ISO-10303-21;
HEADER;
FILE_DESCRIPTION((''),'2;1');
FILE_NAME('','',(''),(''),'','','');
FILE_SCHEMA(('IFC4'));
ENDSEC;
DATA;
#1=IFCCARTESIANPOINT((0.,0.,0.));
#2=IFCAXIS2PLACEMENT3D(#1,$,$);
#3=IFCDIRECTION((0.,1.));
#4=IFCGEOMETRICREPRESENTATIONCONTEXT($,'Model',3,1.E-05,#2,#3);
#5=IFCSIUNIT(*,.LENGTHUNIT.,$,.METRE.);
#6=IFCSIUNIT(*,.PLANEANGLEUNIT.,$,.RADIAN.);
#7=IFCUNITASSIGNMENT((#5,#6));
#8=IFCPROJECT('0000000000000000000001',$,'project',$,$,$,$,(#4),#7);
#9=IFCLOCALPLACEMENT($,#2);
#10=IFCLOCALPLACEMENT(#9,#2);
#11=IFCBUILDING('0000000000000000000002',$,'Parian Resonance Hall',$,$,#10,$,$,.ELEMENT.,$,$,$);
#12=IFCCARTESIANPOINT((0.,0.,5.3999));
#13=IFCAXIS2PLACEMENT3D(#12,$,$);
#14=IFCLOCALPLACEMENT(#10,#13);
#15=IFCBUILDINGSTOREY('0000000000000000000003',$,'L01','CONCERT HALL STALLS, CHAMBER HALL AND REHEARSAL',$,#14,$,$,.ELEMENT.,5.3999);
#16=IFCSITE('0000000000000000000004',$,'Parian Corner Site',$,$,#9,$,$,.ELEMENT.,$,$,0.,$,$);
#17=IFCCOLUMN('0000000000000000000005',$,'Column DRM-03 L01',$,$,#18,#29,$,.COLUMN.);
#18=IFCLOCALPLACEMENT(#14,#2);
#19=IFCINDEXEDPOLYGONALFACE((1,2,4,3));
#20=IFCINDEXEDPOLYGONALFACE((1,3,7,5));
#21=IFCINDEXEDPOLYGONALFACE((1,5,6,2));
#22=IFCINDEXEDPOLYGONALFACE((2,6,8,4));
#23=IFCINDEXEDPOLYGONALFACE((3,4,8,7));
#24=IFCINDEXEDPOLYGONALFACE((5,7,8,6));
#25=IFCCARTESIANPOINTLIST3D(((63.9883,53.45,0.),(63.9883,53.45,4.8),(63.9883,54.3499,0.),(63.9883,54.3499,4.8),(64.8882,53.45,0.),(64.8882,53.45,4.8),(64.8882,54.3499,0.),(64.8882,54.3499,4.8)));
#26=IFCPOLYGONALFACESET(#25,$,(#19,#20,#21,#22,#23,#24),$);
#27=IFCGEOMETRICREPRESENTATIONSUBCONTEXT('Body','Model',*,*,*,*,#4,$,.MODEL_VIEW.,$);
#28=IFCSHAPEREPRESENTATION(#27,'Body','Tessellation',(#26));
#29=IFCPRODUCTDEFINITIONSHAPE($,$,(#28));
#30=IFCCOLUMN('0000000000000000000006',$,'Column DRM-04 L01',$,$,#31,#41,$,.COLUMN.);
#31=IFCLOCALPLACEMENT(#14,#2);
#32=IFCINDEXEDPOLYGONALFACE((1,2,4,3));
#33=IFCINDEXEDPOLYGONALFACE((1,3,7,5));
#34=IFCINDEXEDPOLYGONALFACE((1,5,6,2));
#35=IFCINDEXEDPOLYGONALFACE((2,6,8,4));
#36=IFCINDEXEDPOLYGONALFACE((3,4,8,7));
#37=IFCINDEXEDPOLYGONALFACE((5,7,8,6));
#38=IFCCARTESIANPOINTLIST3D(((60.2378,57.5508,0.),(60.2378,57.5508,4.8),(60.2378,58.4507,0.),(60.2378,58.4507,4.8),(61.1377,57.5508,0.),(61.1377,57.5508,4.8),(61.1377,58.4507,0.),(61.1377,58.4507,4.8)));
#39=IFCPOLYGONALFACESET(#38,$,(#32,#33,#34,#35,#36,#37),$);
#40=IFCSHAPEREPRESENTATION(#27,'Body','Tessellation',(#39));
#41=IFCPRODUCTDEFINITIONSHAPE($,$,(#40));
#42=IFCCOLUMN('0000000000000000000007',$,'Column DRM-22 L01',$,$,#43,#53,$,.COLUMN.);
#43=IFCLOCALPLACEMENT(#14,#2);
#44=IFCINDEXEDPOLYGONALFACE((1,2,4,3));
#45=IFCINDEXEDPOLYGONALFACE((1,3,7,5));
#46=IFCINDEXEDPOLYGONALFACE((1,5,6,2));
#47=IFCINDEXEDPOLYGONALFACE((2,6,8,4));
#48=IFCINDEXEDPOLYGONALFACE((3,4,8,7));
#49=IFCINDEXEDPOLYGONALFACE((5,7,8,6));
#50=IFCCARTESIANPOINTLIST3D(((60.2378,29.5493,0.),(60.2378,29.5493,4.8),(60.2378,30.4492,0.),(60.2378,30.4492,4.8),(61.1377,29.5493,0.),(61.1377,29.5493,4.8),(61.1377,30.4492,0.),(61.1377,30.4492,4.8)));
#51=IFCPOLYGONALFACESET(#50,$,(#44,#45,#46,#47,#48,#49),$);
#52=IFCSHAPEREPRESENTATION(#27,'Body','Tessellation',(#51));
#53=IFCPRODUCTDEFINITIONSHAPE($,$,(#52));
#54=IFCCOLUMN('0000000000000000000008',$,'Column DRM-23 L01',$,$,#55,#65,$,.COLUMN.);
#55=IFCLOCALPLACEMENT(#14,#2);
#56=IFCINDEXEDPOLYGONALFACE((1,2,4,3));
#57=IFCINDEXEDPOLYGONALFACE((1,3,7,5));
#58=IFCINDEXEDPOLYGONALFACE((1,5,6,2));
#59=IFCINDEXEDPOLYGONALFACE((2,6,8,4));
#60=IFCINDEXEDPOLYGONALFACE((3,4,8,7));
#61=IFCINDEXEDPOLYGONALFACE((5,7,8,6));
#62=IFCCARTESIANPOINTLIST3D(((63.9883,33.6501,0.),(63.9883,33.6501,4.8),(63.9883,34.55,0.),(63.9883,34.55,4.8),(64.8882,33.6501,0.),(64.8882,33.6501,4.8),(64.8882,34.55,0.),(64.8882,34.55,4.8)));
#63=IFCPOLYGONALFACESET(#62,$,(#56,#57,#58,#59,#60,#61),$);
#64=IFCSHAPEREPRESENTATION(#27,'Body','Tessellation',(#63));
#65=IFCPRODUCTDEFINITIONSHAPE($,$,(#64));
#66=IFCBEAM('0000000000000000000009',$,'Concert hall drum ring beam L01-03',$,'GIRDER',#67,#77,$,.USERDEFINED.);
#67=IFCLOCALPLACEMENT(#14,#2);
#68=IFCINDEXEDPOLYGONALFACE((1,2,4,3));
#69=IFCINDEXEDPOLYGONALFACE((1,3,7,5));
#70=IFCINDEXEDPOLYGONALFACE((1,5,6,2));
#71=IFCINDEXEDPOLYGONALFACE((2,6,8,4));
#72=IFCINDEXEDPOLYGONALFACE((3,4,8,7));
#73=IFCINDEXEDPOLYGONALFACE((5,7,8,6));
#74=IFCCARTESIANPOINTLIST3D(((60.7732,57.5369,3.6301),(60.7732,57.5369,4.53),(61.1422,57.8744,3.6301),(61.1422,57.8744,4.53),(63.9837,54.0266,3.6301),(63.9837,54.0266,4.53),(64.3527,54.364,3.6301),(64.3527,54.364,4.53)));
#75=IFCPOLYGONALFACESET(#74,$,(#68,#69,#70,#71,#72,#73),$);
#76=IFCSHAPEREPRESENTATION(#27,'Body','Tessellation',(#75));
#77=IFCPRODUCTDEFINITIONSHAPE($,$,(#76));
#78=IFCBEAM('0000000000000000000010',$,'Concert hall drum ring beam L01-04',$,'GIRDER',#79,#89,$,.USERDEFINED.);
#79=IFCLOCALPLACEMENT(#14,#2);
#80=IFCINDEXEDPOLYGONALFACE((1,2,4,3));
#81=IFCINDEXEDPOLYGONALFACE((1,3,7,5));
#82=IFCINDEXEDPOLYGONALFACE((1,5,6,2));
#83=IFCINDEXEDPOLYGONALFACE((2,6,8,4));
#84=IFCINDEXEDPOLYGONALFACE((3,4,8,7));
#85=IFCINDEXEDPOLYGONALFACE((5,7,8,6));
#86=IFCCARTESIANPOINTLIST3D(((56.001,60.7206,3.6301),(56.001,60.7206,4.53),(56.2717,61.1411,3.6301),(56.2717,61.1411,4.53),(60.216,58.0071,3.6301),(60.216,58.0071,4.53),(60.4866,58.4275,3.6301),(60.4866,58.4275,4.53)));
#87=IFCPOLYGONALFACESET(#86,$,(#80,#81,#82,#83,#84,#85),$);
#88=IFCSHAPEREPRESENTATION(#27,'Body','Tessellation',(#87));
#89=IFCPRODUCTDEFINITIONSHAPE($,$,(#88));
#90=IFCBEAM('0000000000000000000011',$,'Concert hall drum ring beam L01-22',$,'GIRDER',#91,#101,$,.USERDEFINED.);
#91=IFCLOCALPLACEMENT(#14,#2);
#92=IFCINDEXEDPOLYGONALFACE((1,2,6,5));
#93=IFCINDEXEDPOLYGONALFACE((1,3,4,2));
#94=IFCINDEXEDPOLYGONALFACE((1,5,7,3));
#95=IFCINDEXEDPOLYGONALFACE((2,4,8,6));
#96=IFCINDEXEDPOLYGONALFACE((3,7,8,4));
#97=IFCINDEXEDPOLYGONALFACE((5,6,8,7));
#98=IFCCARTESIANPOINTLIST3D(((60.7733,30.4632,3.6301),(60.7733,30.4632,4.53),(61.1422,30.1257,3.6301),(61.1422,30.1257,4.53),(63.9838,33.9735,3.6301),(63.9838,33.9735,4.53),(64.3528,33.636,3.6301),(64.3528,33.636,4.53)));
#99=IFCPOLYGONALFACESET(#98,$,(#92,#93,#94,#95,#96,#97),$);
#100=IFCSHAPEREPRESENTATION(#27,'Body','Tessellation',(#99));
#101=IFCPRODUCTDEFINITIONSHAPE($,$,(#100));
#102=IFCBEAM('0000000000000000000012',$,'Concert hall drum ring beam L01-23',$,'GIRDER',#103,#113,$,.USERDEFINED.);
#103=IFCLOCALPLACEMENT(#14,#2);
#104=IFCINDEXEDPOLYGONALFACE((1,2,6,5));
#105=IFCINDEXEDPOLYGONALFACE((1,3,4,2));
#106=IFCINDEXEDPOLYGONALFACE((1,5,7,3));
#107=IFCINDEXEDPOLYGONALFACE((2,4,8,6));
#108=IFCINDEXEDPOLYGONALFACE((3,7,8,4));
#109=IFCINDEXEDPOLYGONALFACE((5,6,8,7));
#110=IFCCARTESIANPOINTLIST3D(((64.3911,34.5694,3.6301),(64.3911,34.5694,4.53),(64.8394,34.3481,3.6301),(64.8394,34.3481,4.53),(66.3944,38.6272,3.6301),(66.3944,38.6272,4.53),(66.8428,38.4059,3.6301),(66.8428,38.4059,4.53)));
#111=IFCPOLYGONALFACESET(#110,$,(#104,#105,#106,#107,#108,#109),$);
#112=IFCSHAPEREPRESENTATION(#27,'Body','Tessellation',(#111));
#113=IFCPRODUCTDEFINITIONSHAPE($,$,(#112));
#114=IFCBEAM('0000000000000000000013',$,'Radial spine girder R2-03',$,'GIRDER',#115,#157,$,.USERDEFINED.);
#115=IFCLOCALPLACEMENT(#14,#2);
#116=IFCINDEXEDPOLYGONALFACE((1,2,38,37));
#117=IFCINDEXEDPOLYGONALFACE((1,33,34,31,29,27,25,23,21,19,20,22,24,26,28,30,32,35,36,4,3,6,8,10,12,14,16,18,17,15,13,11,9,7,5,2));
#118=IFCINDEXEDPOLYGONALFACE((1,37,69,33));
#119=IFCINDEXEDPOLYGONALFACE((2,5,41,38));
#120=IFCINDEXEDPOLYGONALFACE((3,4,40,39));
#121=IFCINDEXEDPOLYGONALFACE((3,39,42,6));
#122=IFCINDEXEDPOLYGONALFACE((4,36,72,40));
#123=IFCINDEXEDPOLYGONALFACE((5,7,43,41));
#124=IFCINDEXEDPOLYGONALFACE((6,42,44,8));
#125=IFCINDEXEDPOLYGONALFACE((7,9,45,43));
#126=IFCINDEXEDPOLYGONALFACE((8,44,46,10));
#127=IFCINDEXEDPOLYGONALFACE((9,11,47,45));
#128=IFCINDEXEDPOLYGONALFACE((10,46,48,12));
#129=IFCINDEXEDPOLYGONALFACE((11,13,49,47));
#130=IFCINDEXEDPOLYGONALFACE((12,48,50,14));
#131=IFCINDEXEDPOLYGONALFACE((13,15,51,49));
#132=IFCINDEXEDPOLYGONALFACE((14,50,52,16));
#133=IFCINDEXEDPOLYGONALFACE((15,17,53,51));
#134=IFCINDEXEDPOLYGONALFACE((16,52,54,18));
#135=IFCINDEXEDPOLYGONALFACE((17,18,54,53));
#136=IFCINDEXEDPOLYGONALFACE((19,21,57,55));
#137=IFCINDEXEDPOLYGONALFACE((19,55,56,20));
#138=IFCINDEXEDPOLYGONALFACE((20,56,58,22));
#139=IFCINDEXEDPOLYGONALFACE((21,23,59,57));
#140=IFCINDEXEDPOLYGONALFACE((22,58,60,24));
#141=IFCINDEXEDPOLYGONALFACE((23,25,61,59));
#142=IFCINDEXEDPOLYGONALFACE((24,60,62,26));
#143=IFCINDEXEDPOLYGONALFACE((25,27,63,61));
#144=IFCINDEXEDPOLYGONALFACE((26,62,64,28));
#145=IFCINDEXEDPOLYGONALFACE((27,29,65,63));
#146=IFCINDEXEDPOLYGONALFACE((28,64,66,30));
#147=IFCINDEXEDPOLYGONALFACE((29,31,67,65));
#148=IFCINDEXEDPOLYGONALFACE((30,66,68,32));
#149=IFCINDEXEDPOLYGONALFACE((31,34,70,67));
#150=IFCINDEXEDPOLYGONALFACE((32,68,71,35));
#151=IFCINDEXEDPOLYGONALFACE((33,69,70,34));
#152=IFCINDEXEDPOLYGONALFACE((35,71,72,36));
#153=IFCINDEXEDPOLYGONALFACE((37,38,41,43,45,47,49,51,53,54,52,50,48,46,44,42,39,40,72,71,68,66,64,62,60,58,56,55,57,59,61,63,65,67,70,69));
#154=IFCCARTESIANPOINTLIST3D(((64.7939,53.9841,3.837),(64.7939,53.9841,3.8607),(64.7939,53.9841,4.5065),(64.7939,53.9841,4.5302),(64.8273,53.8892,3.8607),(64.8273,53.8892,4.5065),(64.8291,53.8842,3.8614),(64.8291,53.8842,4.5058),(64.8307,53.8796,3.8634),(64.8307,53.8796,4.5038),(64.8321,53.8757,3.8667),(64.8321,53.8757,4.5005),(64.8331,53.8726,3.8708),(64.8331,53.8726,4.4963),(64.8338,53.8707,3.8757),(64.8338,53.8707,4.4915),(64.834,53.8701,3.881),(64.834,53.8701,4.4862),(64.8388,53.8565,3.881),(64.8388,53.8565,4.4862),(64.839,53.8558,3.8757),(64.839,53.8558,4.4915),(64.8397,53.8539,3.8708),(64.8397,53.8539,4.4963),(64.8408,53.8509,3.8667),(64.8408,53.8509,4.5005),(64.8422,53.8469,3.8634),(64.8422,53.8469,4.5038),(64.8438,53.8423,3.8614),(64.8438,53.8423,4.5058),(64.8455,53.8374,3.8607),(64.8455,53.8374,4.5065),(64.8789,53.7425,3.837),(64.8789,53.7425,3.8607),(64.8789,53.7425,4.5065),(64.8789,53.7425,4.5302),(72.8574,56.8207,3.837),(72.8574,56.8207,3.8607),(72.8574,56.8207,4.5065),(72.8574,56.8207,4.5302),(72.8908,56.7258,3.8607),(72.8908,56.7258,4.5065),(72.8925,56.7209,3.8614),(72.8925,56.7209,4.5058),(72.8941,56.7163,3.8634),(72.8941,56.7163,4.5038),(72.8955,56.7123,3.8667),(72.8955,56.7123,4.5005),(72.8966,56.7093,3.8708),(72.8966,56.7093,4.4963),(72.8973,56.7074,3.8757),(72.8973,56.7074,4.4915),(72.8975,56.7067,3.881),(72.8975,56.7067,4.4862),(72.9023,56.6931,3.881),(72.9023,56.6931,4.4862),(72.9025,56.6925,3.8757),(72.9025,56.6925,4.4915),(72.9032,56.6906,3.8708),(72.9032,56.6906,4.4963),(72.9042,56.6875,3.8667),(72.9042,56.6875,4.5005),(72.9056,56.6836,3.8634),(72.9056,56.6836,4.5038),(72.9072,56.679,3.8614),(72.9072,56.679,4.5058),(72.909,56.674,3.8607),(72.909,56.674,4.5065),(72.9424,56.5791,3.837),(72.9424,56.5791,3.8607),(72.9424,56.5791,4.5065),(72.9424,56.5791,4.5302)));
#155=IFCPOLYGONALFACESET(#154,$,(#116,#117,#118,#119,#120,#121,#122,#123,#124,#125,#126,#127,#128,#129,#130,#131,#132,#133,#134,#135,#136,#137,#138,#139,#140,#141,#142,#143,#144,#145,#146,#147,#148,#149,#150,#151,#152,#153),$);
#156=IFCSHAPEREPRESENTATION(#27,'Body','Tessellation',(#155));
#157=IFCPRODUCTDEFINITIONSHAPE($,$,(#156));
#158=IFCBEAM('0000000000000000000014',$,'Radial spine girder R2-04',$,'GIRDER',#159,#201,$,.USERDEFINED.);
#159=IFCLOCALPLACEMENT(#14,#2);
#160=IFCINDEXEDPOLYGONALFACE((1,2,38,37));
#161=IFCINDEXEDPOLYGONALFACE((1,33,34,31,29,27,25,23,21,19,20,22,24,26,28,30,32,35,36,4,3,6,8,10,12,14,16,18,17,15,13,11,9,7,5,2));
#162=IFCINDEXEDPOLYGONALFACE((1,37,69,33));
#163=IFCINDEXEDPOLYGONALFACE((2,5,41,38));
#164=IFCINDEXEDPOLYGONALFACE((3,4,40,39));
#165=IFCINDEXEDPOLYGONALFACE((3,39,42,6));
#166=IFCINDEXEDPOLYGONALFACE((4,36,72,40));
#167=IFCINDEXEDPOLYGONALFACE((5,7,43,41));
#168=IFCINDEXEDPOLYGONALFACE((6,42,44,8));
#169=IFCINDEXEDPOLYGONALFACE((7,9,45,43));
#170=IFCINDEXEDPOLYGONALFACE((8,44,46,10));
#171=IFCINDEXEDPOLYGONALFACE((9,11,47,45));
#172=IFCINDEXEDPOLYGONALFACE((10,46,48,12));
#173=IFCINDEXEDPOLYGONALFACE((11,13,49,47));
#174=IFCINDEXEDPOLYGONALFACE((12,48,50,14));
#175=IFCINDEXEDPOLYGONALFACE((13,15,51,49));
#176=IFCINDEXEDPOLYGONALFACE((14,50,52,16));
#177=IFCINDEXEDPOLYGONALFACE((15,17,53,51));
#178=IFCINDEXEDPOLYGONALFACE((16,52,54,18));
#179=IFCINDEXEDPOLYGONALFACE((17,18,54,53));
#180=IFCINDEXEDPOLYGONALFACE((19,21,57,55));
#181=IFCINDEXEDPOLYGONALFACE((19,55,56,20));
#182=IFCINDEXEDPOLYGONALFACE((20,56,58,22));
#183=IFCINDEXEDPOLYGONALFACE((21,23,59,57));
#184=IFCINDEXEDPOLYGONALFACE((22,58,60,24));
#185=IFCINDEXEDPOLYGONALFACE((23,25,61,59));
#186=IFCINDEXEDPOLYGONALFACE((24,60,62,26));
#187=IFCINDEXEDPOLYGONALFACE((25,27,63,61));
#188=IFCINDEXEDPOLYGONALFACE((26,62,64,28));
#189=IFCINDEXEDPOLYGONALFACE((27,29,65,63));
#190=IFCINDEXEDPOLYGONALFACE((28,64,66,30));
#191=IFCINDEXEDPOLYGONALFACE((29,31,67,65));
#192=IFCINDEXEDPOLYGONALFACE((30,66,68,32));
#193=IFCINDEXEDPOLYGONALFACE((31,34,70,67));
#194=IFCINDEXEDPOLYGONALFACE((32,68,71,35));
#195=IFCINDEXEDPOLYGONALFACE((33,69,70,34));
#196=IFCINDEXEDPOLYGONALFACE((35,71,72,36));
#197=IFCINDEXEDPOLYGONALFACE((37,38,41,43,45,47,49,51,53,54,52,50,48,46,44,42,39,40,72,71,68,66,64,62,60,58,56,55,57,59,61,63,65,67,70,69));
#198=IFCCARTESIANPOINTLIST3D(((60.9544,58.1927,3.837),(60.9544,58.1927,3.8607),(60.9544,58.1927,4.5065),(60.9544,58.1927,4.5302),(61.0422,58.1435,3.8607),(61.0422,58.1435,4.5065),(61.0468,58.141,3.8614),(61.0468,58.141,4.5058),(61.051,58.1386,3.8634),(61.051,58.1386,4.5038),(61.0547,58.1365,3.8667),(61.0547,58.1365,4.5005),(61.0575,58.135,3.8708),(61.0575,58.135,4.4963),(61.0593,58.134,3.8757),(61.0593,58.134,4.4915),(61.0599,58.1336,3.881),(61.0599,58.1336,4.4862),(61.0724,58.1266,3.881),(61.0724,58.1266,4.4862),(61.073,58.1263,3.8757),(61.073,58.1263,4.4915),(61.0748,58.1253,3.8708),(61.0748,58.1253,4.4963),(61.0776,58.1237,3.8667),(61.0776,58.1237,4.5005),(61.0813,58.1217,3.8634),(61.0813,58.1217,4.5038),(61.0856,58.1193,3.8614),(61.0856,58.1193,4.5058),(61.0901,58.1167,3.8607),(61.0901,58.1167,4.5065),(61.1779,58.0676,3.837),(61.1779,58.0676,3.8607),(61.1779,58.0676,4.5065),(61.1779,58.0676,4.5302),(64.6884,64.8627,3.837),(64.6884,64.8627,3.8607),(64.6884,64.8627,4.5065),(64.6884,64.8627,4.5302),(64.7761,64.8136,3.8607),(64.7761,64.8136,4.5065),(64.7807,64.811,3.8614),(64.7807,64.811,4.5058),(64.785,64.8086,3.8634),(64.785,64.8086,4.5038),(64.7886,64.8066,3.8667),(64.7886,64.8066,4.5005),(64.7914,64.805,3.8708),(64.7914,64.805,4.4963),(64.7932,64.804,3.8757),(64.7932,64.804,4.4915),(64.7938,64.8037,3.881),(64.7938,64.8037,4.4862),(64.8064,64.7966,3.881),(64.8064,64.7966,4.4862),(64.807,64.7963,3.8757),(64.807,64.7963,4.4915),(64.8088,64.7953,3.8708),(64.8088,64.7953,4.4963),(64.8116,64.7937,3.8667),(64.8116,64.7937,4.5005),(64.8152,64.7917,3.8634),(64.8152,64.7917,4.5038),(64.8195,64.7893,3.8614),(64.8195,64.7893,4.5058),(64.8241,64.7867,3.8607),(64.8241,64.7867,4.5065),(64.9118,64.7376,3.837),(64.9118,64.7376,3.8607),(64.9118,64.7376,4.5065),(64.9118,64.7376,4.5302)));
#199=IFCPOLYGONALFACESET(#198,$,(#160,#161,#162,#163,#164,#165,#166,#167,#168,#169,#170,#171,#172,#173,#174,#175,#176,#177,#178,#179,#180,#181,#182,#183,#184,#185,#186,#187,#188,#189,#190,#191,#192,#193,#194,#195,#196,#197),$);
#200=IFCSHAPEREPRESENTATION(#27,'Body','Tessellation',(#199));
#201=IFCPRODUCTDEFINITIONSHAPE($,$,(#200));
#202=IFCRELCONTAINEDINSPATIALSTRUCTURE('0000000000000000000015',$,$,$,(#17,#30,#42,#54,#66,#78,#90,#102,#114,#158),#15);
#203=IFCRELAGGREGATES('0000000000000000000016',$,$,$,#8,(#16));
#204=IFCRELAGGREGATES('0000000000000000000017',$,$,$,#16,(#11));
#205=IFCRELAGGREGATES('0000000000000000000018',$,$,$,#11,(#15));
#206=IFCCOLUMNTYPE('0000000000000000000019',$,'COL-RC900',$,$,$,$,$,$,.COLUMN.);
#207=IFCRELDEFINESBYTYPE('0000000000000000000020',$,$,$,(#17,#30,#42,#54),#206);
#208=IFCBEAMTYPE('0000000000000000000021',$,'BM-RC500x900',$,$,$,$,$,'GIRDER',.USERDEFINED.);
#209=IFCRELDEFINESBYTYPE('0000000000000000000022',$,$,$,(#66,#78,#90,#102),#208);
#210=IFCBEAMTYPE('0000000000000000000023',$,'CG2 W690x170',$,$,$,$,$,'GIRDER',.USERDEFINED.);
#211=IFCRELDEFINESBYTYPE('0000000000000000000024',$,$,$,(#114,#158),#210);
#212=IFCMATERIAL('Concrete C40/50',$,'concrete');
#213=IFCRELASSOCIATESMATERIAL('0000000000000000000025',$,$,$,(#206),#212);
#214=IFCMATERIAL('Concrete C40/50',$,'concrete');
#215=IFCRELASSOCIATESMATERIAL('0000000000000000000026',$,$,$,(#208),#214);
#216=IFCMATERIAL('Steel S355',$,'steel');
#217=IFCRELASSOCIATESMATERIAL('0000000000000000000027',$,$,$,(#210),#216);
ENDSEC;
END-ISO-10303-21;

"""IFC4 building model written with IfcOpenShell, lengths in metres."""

from ifc_helpers import new_model, si_unit, direction, frame, origin, origin_2d, place, context, subcontext, project, spatial, rectangle, i_section, extrude, material, material_profile, profile_set, type_object, element, save


model = new_model("IFC4")

# Units and contexts
model_context = context("Model", 3, precision=1e-05, world=origin(), true_north=direction((0.0, 1.0)))
body_context = subcontext(model_context, "Body", "Model", "MODEL_VIEW")
ifc_project = project(units=[si_unit("LENGTHUNIT", "METRE"), si_unit("PLANEANGLEUNIT", "RADIAN")], contexts=[model_context])

# Site, building, storey
site_placement = place(None, origin())
site = spatial("IfcSite", under=ifc_project, at=site_placement, Name="Parian Corner Site", CompositionType="ELEMENT", RefElevation=0.0)
building_placement = place(site_placement, origin())
building = spatial("IfcBuilding", under=site, at=building_placement, Name="Parian Resonance Hall", CompositionType="ELEMENT")
storey_placement = place(building_placement, frame((0.0, 0.0, 5.3999)))
storey = spatial("IfcBuildingStorey", under=building, at=storey_placement, Name="L01", Description="CONCERT HALL STALLS, CHAMBER HALL AND REHEARSAL", CompositionType="ELEMENT", Elevation=5.3999)

# Columns
ifc_material_1 = material(Name="Concrete C40/50", Category="concrete")
ifc_material_profile_1 = material_profile(ifc_material_1, rectangle(XDim=0.8999, YDim=0.8999, at=origin_2d()), Name="RC-COL-900x900")
ifc_profile_set_1 = profile_set([ifc_material_profile_1], Name="Concrete C40/50")
column_type = type_object("IfcColumnType", Name="COL-RC900", PredefinedType="COLUMN", material=ifc_profile_set_1)
for number, where, z_axis, x_axis, name in (
    (1, (64.4382, 53.8999, 0.0), (0.0, 0.0, 1.0), (1.0, 0.0, 0.0), "Column DRM-03 L01"),
    (2, (60.6877, 58.0007, 0.0), (0.0, 0.0, 1.0), (1.0, 0.0, 0.0), "Column DRM-04 L01"),
    (3, (60.6877, 29.9993, 0.0), (0.0, 0.0, 1.0), (1.0, 0.0, 0.0), "Column DRM-22 L01"),
    (4, (64.4382, 34.1001, 0.0), (0.0, 0.0, 1.0), (1.0, 0.0, 0.0), "Column DRM-23 L01"),
):
    element("IfcColumn", number, at=place(storey_placement, frame(where, z_axis=z_axis, x_axis=x_axis)), inside=storey, type_object=column_type, Name=name, PredefinedType="COLUMN", context=body_context, shape_type="SweptSolid", body=[
        extrude(rectangle(XDim=0.8999, YDim=0.8999, at=origin_2d()), origin(), (0.0, 0.0, 1.0), 4.8),
    ])

# Beams
ifc_material_2 = material(Name="Concrete C40/50", Category="concrete")
ifc_material_profile_2 = material_profile(ifc_material_2, rectangle(XDim=0.5, YDim=0.8999, at=origin_2d()), Name="RC-BM-500x900")
ifc_profile_set_2 = profile_set([ifc_material_profile_2], Name="Concrete C40/50")
beam_type_1 = type_object("IfcBeamType", Name="BM-RC500x900", ElementType="GIRDER", PredefinedType="USERDEFINED", material=ifc_profile_set_2)
beam_1_placement = place(storey_placement, frame((64.1682, 54.1953, 4.0801), z_axis=(-0.674892, 0.737916, 0.0), x_axis=(-0.737916, -0.674892, 0.0)))
element("IfcBeam", 5, at=beam_1_placement, inside=storey, type_object=beam_type_1, Name="Concert hall drum ring beam L01-03", ObjectType="GIRDER", PredefinedType="USERDEFINED", context=body_context, shape_type="SweptSolid", body=[
    extrude(rectangle(XDim=0.5, YDim=0.8999, at=origin_2d()), origin(), (0.0, 0.0, 1.0), 4.7571),
])
beam_2_placement = place(storey_placement, frame((60.3513, 58.2173, 4.0801), z_axis=(-0.840822, 0.541311, 0.0), x_axis=(-0.541311, -0.840822, 0.0)))
element("IfcBeam", 6, at=beam_2_placement, inside=storey, type_object=beam_type_1, Name="Concert hall drum ring beam L01-04", ObjectType="GIRDER", PredefinedType="USERDEFINED", context=body_context, shape_type="SweptSolid", body=[
    extrude(rectangle(XDim=0.5, YDim=0.8999, at=origin_2d()), origin(), (0.0, 0.0, 1.0), 5.0129),
])
beam_3_placement = place(storey_placement, frame((60.9578, 30.2944, 4.0801), z_axis=(0.674892, 0.737916, 0.0), x_axis=(-0.737916, 0.674892, 0.0)))
element("IfcBeam", 7, at=beam_3_placement, inside=storey, type_object=beam_type_1, Name="Concert hall drum ring beam L01-22", ObjectType="GIRDER", PredefinedType="USERDEFINED", context=body_context, shape_type="SweptSolid", body=[
    extrude(rectangle(XDim=0.5, YDim=0.8999, at=origin_2d()), origin(), (0.0, 0.0, 1.0), 4.7571),
])
beam_4_placement = place(storey_placement, frame((64.6152, 34.4587, 4.0801), z_axis=(0.442698, 0.896671, 0.0), x_axis=(-0.896671, 0.442698, 0.0)))
element("IfcBeam", 8, at=beam_4_placement, inside=storey, type_object=beam_type_1, Name="Concert hall drum ring beam L01-23", ObjectType="GIRDER", PredefinedType="USERDEFINED", context=body_context, shape_type="SweptSolid", body=[
    extrude(rectangle(XDim=0.5, YDim=0.8999, at=origin_2d()), origin(), (0.0, 0.0, 1.0), 4.5254),
])
ifc_material_3 = material(Name="Steel S355", Category="steel")
ifc_material_profile_3 = material_profile(ifc_material_3, i_section(OverallWidth=0.2561, OverallDepth=0.6931, WebThickness=0.0144, FlangeThickness=0.0237, FilletRadius=0.0203, at=origin_2d()), Name="W690x170")
ifc_profile_set_3 = profile_set([ifc_material_profile_3], Name="Steel S355")
beam_type_2 = type_object("IfcBeamType", Name="CG2 W690x170", ElementType="GIRDER", PredefinedType="USERDEFINED", material=ifc_profile_set_3)
beam_5_placement = place(storey_placement, frame((64.8364, 53.8633, 4.1836), z_axis=(0.94333, 0.331856, 0.0), x_axis=(-0.331856, 0.94333, 0.0)))
element("IfcBeam", 9, at=beam_5_placement, inside=storey, type_object=beam_type_2, Name="Radial spine girder R2-03", ObjectType="GIRDER", PredefinedType="USERDEFINED", context=body_context, shape_type="SweptSolid", body=[
    extrude(i_section(OverallWidth=0.2561, OverallDepth=0.6931, WebThickness=0.0144, FlangeThickness=0.0237, FilletRadius=0.0203, at=origin_2d()), origin(), (0.0, 0.0, 1.0), 8.5479),
])
beam_6_placement = place(storey_placement, frame((61.0662, 58.1301, 4.1836), z_axis=(0.488477, 0.872577, 0.0), x_axis=(-0.872577, 0.488477, 0.0)))
element("IfcBeam", 10, at=beam_6_placement, inside=storey, type_object=beam_type_2, Name="Radial spine girder R2-04", ObjectType="GIRDER", PredefinedType="USERDEFINED", context=body_context, shape_type="SweptSolid", body=[
    extrude(i_section(OverallWidth=0.2561, OverallDepth=0.6931, WebThickness=0.0144, FlangeThickness=0.0237, FilletRadius=0.0203, at=origin_2d()), origin(), (0.0, 0.0, 1.0), 7.644),
])

save(model, "model.ifc")
